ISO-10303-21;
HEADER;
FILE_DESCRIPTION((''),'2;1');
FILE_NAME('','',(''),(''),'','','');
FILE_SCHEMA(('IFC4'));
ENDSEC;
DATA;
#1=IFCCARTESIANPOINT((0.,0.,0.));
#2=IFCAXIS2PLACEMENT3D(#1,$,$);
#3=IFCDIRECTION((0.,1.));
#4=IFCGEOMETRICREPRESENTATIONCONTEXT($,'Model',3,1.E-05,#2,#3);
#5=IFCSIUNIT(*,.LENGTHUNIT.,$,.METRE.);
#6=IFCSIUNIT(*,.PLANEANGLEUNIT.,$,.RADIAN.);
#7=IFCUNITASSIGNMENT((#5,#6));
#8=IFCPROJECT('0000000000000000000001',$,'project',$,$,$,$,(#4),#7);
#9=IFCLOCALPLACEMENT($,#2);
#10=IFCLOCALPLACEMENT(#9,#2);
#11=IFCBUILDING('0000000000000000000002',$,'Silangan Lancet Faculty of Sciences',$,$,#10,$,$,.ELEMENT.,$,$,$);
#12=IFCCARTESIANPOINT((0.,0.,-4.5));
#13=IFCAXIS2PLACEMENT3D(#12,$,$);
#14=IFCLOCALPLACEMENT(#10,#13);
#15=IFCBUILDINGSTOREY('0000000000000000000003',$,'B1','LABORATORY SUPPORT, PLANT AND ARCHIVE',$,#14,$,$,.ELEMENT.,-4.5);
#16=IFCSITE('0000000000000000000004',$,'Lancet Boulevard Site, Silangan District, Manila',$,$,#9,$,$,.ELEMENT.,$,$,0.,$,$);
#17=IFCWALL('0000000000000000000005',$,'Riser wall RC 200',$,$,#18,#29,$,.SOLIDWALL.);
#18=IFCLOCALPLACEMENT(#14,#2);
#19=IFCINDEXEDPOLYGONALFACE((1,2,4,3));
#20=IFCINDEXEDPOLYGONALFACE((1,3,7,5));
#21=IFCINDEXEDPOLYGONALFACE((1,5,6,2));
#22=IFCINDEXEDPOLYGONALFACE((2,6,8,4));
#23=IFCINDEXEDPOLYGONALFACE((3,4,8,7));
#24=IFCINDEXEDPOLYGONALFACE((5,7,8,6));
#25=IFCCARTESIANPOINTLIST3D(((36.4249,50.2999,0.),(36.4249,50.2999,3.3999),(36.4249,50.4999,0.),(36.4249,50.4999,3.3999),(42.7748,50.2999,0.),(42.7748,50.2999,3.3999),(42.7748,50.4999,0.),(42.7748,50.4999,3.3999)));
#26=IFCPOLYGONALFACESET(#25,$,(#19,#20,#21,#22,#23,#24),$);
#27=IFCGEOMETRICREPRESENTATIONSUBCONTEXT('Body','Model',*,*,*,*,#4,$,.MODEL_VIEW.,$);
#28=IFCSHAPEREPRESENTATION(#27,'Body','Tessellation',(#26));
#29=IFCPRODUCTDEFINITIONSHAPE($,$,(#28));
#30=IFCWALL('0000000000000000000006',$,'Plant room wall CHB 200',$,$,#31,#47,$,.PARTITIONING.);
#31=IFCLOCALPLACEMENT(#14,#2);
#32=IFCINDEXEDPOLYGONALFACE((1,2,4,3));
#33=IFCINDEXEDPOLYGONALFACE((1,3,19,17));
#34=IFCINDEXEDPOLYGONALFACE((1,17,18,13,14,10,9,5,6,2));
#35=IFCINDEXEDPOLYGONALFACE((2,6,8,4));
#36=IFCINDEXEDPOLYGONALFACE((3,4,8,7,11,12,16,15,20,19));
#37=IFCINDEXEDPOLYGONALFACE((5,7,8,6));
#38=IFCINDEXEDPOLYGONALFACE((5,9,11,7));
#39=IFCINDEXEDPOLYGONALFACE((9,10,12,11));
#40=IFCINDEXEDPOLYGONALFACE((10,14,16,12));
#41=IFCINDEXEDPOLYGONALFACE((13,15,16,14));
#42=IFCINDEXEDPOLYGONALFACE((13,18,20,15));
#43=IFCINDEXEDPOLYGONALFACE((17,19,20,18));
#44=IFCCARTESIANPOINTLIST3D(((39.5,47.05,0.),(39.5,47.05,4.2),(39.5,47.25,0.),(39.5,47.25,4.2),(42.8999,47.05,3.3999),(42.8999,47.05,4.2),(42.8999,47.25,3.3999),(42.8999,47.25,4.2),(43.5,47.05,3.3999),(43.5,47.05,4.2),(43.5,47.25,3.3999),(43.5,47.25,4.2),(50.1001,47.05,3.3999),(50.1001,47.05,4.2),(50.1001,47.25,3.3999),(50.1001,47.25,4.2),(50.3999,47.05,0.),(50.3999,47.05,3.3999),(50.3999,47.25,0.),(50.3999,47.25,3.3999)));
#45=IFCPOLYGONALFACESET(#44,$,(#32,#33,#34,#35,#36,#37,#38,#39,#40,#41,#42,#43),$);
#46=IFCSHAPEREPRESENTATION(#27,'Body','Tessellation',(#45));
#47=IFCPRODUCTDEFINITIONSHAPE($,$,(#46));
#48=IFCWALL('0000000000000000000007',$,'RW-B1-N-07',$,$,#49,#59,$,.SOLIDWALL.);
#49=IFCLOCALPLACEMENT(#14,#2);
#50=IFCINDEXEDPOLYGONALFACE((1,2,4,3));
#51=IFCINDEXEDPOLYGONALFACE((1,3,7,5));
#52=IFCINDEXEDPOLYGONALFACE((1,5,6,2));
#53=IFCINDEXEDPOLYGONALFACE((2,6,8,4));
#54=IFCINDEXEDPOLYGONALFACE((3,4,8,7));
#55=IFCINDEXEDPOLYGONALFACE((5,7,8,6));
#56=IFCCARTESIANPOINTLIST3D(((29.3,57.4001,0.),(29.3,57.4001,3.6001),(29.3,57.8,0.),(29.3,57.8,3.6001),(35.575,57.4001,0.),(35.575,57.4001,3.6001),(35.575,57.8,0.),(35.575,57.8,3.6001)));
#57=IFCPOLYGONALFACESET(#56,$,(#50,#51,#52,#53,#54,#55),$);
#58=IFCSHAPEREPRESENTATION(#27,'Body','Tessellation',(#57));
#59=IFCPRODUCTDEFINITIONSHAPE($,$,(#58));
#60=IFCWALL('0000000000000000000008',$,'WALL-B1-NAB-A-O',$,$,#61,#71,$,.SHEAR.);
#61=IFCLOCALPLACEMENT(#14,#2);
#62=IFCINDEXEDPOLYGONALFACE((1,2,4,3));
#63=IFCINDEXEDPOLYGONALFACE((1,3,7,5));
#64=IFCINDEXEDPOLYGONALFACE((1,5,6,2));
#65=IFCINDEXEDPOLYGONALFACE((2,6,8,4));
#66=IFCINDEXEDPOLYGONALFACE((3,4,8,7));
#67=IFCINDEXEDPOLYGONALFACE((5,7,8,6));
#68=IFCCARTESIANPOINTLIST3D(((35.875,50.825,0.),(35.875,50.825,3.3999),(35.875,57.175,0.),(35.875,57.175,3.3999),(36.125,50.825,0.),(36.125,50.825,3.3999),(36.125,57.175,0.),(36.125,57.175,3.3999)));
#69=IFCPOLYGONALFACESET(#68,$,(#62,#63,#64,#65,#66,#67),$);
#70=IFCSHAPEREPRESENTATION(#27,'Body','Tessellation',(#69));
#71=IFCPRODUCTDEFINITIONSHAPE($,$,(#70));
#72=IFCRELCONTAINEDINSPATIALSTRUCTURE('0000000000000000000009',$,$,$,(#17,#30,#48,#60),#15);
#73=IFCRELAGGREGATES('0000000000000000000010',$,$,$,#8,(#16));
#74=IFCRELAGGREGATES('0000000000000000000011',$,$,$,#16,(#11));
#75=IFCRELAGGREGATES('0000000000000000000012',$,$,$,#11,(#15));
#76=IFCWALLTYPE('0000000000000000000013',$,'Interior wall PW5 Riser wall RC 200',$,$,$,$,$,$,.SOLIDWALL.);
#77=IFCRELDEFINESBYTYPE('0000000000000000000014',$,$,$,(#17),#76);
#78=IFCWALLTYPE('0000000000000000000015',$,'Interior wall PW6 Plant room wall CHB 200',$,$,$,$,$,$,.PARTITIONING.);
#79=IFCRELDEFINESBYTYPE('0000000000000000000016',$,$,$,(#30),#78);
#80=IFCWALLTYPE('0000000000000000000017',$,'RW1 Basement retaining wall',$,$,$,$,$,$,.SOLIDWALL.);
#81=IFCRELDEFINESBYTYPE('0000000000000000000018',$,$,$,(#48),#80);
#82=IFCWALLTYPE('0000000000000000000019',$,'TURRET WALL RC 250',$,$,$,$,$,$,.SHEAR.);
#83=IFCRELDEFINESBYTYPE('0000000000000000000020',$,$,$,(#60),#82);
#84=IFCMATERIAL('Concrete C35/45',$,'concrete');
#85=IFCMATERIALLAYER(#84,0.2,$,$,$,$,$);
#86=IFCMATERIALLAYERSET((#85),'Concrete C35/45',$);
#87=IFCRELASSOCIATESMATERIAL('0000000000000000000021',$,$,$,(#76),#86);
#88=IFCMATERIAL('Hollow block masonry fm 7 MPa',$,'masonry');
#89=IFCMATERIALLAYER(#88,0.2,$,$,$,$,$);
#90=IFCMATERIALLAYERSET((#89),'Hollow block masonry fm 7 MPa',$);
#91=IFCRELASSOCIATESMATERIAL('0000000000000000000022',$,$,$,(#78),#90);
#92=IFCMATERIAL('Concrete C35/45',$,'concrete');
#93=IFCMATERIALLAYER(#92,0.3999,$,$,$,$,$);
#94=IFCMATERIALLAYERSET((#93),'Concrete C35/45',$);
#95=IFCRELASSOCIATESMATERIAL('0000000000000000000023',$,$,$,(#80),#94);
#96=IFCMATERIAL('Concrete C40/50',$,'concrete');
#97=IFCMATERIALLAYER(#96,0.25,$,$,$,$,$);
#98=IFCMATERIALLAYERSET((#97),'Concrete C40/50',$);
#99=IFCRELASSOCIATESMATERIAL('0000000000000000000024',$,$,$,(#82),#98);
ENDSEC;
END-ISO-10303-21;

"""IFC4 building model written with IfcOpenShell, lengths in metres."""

from ifc_helpers import new_model, si_unit, direction, frame, frame_2d, origin, place, context, subcontext, project, spatial, polyline, rectangle, outline, extrude, material, layer, layer_set, type_object, element, save


model = new_model("IFC4")

# Units and contexts
model_context = context("Model", 3, precision=1e-05, world=origin(), true_north=direction((0.0, 1.0)))
body_context = subcontext(model_context, "Body", "Model", "MODEL_VIEW")
ifc_project = project(units=[si_unit("LENGTHUNIT", "METRE"), si_unit("PLANEANGLEUNIT", "RADIAN")], contexts=[model_context])

# Site, building, storey
site_placement = place(None, origin())
site = spatial("IfcSite", under=ifc_project, at=site_placement, Name="Lancet Boulevard Site, Silangan District, Manila", CompositionType="ELEMENT", RefElevation=0.0)
building_placement = place(site_placement, origin())
building = spatial("IfcBuilding", under=site, at=building_placement, Name="Silangan Lancet Faculty of Sciences", CompositionType="ELEMENT")
storey_placement = place(building_placement, frame((0.0, 0.0, -4.5)))
storey = spatial("IfcBuildingStorey", under=building, at=storey_placement, Name="B1", Description="LABORATORY SUPPORT, PLANT AND ARCHIVE", CompositionType="ELEMENT", Elevation=-4.5)

# Walls
ifc_material_1 = material(Name="Concrete C35/45", Category="concrete")
ifc_layer_1 = layer(ifc_material_1, 0.2)
ifc_layer_set_1 = layer_set([ifc_layer_1], Name="Concrete C35/45")
wall_type_1 = type_object("IfcWallType", Name="Interior wall PW5 Riser wall RC 200", PredefinedType="SOLIDWALL", material=ifc_layer_set_1)
wall_1_placement = place(storey_placement, frame((36.425, 50.3999, 0.0), z_axis=(0.0, 0.0, 1.0), x_axis=(1.0, 0.0, 0.0)))
element("IfcWall", 1, at=wall_1_placement, inside=storey, type_object=wall_type_1, Name="Riser wall RC 200", PredefinedType="SOLIDWALL", context=body_context, shape_type="SweptSolid", body=[
    extrude(rectangle(XDim=6.3499, YDim=0.2, at=frame_2d((3.1748, 0.0))), origin(), (0.0, 0.0, 1.0), 3.3999),
])
ifc_material_2 = material(Name="Hollow block masonry fm 7 MPa", Category="masonry")
ifc_layer_2 = layer(ifc_material_2, 0.2)
ifc_layer_set_2 = layer_set([ifc_layer_2], Name="Hollow block masonry fm 7 MPa")
wall_type_2 = type_object("IfcWallType", Name="Interior wall PW6 Plant room wall CHB 200", PredefinedType="PARTITIONING", material=ifc_layer_set_2)
wall_2_placement = place(storey_placement, frame((39.5, 47.1499, 0.0), z_axis=(0.0, 0.0, 1.0), x_axis=(1.0, 0.0, 0.0)))
element("IfcWall", 2, at=wall_2_placement, inside=storey, type_object=wall_type_2, Name="Plant room wall CHB 200", PredefinedType="PARTITIONING", context=body_context, shape_type="SweptSolid", body=[
    extrude(outline(polyline([(0.0, 0.0), (10.8999, 0.0), (10.8999, 3.3999), (10.6001, 3.3999), (10.6001, 4.2), (4.0, 4.2), (4.0, 3.3999), (3.3999, 3.3999), (3.3999, 4.2), (0.0, 4.2), (0.0, 0.0)])), frame((0.0, 0.1001, 0.0), z_axis=(0.0, -1.0, 0.0), x_axis=(1.0, 0.0, 0.0)), (0.0, 0.0, 1.0), 0.2),
])
ifc_material_3 = material(Name="Concrete C35/45", Category="concrete")
ifc_layer_3 = layer(ifc_material_3, 0.3999)
ifc_layer_set_3 = layer_set([ifc_layer_3], Name="Concrete C35/45")
wall_type_3 = type_object("IfcWallType", Name="RW1 Basement retaining wall", PredefinedType="SOLIDWALL", material=ifc_layer_set_3)
wall_3_placement = place(storey_placement, frame((35.575, 57.6001, 0.0), z_axis=(0.0, 0.0, 1.0), x_axis=(-1.0, 0.0, 0.0)))
element("IfcWall", 3, at=wall_3_placement, inside=storey, type_object=wall_type_3, Name="RW-B1-N-07", PredefinedType="SOLIDWALL", context=body_context, shape_type="SweptSolid", body=[
    extrude(rectangle(XDim=6.2749, YDim=0.3999, at=frame_2d((3.1375, 0.0))), origin(), (0.0, 0.0, 1.0), 3.6001),
])
ifc_material_4 = material(Name="Concrete C40/50", Category="concrete")
ifc_layer_4 = layer(ifc_material_4, 0.25)
ifc_layer_set_4 = layer_set([ifc_layer_4], Name="Concrete C40/50")
wall_type_4 = type_object("IfcWallType", Name="TURRET WALL RC 250", PredefinedType="SHEAR", material=ifc_layer_set_4)
wall_4_placement = place(storey_placement, frame((36.0, 50.825, 0.0), z_axis=(0.0, 0.0, 1.0), x_axis=(0.0, 1.0, 0.0)))
element("IfcWall", 4, at=wall_4_placement, inside=storey, type_object=wall_type_4, Name="WALL-B1-NAB-A-O", PredefinedType="SHEAR", context=body_context, shape_type="SweptSolid", body=[
    extrude(rectangle(XDim=6.3501, YDim=0.25, at=frame_2d((3.175, 0.0))), origin(), (0.0, 0.0, 1.0), 3.3999),
])

save(model, "model.ifc")
